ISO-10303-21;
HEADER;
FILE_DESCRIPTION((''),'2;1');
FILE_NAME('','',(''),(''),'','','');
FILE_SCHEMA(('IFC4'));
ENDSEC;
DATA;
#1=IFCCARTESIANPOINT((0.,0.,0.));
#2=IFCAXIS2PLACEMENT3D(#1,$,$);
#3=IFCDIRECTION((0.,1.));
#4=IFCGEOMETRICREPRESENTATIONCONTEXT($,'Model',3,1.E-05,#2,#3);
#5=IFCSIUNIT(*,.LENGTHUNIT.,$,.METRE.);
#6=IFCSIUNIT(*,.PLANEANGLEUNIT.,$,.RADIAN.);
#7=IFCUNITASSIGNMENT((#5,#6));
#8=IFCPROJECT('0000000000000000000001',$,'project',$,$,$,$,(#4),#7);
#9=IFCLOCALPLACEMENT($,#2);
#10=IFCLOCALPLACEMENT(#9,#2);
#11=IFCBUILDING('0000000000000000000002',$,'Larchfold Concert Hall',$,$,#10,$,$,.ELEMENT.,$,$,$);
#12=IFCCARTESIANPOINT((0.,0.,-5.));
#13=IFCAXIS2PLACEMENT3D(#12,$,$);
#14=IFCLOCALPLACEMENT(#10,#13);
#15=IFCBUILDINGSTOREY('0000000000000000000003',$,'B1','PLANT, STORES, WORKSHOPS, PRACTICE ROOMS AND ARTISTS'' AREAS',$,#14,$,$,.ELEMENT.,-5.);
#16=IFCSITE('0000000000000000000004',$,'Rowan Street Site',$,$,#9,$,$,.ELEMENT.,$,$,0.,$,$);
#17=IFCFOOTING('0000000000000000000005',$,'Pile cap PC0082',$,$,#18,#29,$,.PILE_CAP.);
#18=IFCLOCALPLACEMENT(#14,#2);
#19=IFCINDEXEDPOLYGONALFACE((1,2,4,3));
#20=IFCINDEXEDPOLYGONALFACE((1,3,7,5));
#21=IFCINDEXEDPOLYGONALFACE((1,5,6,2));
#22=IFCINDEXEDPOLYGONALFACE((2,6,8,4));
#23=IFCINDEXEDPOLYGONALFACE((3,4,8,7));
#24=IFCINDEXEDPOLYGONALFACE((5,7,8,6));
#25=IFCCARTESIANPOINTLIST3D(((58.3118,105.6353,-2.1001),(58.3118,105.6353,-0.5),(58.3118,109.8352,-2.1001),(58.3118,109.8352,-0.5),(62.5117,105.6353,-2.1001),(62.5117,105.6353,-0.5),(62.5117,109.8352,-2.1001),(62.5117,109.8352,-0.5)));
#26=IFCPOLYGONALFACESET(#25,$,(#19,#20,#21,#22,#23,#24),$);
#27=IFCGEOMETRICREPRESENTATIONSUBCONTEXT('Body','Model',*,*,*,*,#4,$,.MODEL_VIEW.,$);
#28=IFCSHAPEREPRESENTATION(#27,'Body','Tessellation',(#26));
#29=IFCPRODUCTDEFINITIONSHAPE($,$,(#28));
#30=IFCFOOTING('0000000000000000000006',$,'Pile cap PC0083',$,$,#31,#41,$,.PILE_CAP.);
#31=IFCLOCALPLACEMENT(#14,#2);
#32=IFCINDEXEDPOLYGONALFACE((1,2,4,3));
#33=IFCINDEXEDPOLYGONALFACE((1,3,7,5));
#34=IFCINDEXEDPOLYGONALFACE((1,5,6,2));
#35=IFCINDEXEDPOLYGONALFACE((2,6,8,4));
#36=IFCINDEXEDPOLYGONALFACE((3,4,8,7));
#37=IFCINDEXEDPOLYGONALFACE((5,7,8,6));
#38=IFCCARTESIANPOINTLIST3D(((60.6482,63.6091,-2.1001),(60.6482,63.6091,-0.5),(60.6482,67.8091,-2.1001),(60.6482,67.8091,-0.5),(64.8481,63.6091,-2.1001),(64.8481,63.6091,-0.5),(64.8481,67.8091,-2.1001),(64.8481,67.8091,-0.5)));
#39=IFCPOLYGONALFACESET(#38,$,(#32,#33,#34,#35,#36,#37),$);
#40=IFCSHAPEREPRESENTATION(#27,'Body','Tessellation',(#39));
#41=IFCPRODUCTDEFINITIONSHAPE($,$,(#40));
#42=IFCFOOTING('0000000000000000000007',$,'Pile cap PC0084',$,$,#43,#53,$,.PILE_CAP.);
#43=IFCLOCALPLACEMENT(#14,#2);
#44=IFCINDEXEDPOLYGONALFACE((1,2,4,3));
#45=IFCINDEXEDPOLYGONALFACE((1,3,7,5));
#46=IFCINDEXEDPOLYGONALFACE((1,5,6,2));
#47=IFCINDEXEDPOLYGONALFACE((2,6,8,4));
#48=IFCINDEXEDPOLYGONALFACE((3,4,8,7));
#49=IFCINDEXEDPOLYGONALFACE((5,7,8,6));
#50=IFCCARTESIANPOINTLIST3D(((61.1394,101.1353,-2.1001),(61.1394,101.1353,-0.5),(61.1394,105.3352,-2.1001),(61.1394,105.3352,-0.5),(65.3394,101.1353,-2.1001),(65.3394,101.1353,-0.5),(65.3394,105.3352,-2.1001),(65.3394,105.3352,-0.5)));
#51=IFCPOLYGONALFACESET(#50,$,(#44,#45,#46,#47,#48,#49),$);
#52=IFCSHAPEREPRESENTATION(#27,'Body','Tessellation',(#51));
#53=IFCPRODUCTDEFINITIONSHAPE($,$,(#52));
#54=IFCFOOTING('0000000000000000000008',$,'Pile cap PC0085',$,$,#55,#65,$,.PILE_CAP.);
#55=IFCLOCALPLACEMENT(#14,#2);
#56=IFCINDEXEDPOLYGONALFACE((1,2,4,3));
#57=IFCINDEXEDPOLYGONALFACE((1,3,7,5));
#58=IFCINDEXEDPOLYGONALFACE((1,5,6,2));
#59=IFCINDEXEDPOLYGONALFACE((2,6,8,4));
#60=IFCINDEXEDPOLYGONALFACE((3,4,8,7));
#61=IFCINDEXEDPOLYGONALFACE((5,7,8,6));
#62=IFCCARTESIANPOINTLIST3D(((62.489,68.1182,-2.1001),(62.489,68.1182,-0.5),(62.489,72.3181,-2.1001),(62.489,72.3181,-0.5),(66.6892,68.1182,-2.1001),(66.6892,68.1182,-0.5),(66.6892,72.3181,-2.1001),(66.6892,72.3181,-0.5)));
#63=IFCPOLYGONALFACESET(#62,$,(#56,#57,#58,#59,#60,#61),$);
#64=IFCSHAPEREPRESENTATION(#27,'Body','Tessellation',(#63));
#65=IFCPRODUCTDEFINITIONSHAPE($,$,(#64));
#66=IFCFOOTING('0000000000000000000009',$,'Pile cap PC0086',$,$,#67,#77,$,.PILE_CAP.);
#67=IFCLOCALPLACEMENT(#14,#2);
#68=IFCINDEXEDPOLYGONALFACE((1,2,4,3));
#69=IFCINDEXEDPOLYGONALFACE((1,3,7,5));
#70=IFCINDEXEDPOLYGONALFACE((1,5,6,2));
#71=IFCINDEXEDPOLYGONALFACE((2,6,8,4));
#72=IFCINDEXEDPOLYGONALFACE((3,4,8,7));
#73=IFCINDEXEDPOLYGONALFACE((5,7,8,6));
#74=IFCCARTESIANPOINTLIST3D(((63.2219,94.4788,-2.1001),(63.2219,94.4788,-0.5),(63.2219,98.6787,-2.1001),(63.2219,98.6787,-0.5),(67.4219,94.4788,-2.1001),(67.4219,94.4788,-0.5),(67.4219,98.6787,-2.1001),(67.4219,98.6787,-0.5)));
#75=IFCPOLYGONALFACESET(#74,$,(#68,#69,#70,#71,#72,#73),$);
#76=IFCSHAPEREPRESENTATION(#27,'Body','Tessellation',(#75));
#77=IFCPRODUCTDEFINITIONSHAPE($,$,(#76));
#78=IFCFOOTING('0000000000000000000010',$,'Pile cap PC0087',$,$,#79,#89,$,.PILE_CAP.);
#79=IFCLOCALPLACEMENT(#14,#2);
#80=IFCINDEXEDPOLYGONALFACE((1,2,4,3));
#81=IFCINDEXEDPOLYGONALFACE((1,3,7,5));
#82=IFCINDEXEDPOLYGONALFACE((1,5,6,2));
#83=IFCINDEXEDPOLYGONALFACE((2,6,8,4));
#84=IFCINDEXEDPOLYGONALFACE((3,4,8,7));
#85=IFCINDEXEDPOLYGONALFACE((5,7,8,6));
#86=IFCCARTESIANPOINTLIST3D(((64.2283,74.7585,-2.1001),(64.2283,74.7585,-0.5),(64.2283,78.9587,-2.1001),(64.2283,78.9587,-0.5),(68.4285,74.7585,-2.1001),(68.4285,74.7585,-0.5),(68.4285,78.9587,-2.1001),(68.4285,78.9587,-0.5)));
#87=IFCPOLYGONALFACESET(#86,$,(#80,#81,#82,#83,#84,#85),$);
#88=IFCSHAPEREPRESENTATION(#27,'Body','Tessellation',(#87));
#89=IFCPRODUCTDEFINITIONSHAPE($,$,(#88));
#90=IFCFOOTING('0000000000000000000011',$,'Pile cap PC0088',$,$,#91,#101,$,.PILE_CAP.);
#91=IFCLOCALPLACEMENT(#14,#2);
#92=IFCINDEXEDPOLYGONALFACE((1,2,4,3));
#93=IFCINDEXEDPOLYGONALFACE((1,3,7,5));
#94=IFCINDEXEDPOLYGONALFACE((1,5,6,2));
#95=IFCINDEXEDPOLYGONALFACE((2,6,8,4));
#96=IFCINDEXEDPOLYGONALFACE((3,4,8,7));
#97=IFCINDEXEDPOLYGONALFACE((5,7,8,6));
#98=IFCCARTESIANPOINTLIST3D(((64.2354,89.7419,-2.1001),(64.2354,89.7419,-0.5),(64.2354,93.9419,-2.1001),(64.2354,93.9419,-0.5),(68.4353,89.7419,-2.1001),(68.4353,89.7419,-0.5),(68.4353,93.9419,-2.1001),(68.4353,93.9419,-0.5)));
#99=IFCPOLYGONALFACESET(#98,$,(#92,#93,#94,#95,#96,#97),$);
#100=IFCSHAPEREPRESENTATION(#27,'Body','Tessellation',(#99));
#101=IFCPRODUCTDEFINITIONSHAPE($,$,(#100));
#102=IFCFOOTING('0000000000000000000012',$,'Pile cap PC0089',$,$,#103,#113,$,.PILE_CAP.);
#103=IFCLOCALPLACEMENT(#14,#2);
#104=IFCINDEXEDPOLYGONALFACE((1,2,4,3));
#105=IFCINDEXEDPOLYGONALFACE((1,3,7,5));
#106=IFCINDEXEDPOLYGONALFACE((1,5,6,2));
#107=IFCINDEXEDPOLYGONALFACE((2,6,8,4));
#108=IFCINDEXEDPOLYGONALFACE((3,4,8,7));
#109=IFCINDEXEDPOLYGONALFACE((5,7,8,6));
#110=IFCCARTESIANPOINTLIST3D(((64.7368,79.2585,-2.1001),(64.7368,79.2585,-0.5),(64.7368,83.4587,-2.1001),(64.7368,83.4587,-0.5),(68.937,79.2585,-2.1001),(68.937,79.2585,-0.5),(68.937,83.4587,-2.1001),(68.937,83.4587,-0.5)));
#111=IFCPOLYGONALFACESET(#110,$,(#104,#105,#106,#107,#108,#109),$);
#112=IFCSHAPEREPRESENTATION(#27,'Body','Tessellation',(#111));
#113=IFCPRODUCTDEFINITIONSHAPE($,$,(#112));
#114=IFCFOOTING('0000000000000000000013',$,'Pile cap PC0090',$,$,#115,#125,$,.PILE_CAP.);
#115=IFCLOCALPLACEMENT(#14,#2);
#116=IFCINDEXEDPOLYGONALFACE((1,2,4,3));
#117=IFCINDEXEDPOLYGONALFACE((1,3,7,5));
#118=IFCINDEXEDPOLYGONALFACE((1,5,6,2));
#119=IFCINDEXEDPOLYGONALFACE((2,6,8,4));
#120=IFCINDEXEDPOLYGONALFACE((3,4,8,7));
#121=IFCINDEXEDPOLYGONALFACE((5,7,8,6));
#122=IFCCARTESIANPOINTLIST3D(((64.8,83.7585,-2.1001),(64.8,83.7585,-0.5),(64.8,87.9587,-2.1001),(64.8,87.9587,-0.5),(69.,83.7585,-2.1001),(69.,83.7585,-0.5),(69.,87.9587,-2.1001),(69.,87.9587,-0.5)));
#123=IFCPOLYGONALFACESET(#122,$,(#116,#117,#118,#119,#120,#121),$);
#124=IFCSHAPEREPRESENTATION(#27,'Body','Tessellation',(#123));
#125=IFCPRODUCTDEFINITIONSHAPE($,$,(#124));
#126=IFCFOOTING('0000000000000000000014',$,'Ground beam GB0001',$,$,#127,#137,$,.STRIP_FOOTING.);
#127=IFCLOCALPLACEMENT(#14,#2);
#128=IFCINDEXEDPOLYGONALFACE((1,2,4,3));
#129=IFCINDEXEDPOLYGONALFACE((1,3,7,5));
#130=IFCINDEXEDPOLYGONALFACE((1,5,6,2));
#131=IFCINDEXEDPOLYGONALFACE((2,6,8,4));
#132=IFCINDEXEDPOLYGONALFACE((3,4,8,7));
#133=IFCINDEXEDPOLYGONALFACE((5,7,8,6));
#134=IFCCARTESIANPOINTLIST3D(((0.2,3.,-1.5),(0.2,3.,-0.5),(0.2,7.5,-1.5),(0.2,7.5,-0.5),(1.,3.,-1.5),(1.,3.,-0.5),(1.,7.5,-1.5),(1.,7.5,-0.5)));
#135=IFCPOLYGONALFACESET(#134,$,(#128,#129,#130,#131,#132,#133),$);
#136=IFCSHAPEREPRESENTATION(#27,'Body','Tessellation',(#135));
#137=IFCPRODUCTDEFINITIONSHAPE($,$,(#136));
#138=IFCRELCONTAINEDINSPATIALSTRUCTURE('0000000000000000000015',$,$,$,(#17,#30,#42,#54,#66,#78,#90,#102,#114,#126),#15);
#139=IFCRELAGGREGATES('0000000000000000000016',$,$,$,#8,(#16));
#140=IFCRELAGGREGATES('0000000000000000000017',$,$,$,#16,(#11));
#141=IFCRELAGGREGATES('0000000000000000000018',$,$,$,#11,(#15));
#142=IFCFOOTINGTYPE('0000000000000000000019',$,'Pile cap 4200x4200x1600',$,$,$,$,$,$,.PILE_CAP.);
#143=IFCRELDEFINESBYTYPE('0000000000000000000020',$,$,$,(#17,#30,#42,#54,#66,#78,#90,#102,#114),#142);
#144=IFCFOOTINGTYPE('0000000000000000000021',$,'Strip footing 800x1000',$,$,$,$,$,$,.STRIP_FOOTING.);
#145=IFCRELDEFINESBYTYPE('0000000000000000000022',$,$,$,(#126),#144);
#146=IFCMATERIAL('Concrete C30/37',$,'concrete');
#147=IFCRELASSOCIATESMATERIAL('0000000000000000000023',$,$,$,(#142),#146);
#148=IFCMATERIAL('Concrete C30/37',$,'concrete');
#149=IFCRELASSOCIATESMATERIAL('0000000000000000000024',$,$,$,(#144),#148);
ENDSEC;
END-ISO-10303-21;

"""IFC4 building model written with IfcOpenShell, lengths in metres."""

from ifc_helpers import new_model, si_unit, direction, frame, origin, place, context, subcontext, project, spatial, polyline, outline, extrude, material, type_object, element, save


model = new_model("IFC4")

# Units and contexts
model_context = context("Model", 3, precision=1e-05, world=origin(), true_north=direction((0.0, 1.0)))
body_context = subcontext(model_context, "Body", "Model", "MODEL_VIEW")
ifc_project = project(units=[si_unit("LENGTHUNIT", "METRE"), si_unit("PLANEANGLEUNIT", "RADIAN")], contexts=[model_context])

# Site, building, storey
site_placement = place(None, origin())
site = spatial("IfcSite", under=ifc_project, at=site_placement, Name="Rowan Street Site", CompositionType="ELEMENT", RefElevation=0.0)
building_placement = place(site_placement, origin())
building = spatial("IfcBuilding", under=site, at=building_placement, Name="Larchfold Concert Hall", CompositionType="ELEMENT")
storey_placement = place(building_placement, frame((0.0, 0.0, -5.0)))
storey = spatial("IfcBuildingStorey", under=building, at=storey_placement, Name="B1", Description="PLANT, STORES, WORKSHOPS, PRACTICE ROOMS AND ARTISTS' AREAS", CompositionType="ELEMENT", Elevation=-5.0)

# Footings
ifc_material_1 = material(Name="Concrete C30/37", Category="concrete")
footing_type_1 = type_object("IfcFootingType", Name="Pile cap 4200x4200x1600", PredefinedType="PILE_CAP", material=ifc_material_1)
footing_1_placement = place(storey_placement, frame((0.0, 0.0, -2.1001)))
element("IfcFooting", 1, at=footing_1_placement, inside=storey, type_object=footing_type_1, Name="Pile cap PC0082", PredefinedType="PILE_CAP", context=body_context, shape_type="SweptSolid", body=[
    extrude(outline(polyline([(62.5117, 105.6353), (62.5117, 109.8352), (58.3118, 109.8352), (58.3118, 105.6353), (62.5117, 105.6353)])), origin(), (0.0, 0.0, 1.0), 1.6001),
])
footing_2_placement = place(storey_placement, frame((0.0, 0.0, -2.1001)))
element("IfcFooting", 2, at=footing_2_placement, inside=storey, type_object=footing_type_1, Name="Pile cap PC0083", PredefinedType="PILE_CAP", context=body_context, shape_type="SweptSolid", body=[
    extrude(outline(polyline([(64.8481, 63.6091), (64.8481, 67.8091), (60.6482, 67.8091), (60.6482, 63.6091), (64.8481, 63.6091)])), origin(), (0.0, 0.0, 1.0), 1.6001),
])
footing_3_placement = place(storey_placement, frame((0.0, 0.0, -2.1001)))
element("IfcFooting", 3, at=footing_3_placement, inside=storey, type_object=footing_type_1, Name="Pile cap PC0084", PredefinedType="PILE_CAP", context=body_context, shape_type="SweptSolid", body=[
    extrude(outline(polyline([(65.3394, 101.1353), (65.3394, 105.3352), (61.1394, 105.3352), (61.1394, 101.1353), (65.3394, 101.1353)])), origin(), (0.0, 0.0, 1.0), 1.6001),
])
footing_4_placement = place(storey_placement, frame((0.0, 0.0, -2.1001)))
element("IfcFooting", 4, at=footing_4_placement, inside=storey, type_object=footing_type_1, Name="Pile cap PC0085", PredefinedType="PILE_CAP", context=body_context, shape_type="SweptSolid", body=[
    extrude(outline(polyline([(66.6892, 68.1182), (66.6892, 72.3181), (62.489, 72.3181), (62.489, 68.1182), (66.6892, 68.1182)])), origin(), (0.0, 0.0, 1.0), 1.6001),
])
footing_5_placement = place(storey_placement, frame((0.0, 0.0, -2.1001)))
element("IfcFooting", 5, at=footing_5_placement, inside=storey, type_object=footing_type_1, Name="Pile cap PC0086", PredefinedType="PILE_CAP", context=body_context, shape_type="SweptSolid", body=[
    extrude(outline(polyline([(67.4219, 94.4788), (67.4219, 98.6787), (63.2219, 98.6787), (63.2219, 94.4788), (67.4219, 94.4788)])), origin(), (0.0, 0.0, 1.0), 1.6001),
])
footing_6_placement = place(storey_placement, frame((0.0, 0.0, -2.1001)))
element("IfcFooting", 6, at=footing_6_placement, inside=storey, type_object=footing_type_1, Name="Pile cap PC0087", PredefinedType="PILE_CAP", context=body_context, shape_type="SweptSolid", body=[
    extrude(outline(polyline([(68.4285, 74.7585), (68.4285, 78.9587), (64.2283, 78.9587), (64.2283, 74.7585), (68.4285, 74.7585)])), origin(), (0.0, 0.0, 1.0), 1.6001),
])
footing_7_placement = place(storey_placement, frame((0.0, 0.0, -2.1001)))
element("IfcFooting", 7, at=footing_7_placement, inside=storey, type_object=footing_type_1, Name="Pile cap PC0088", PredefinedType="PILE_CAP", context=body_context, shape_type="SweptSolid", body=[
    extrude(outline(polyline([(68.4353, 89.7419), (68.4353, 93.9419), (64.2354, 93.9419), (64.2354, 89.7419), (68.4353, 89.7419)])), origin(), (0.0, 0.0, 1.0), 1.6001),
])
footing_8_placement = place(storey_placement, frame((0.0, 0.0, -2.1001)))
element("IfcFooting", 8, at=footing_8_placement, inside=storey, type_object=footing_type_1, Name="Pile cap PC0089", PredefinedType="PILE_CAP", context=body_context, shape_type="SweptSolid", body=[
    extrude(outline(polyline([(68.937, 79.2585), (68.937, 83.4587), (64.7368, 83.4587), (64.7368, 79.2585), (68.937, 79.2585)])), origin(), (0.0, 0.0, 1.0), 1.6001),
])
footing_9_placement = place(storey_placement, frame((0.0, 0.0, -2.1001)))
element("IfcFooting", 9, at=footing_9_placement, inside=storey, type_object=footing_type_1, Name="Pile cap PC0090", PredefinedType="PILE_CAP", context=body_context, shape_type="SweptSolid", body=[
    extrude(outline(polyline([(69.0, 83.7585), (69.0, 87.9587), (64.8, 87.9587), (64.8, 83.7585), (69.0, 83.7585)])), origin(), (0.0, 0.0, 1.0), 1.6001),
])
ifc_material_2 = material(Name="Concrete C30/37", Category="concrete")
footing_type_2 = type_object("IfcFootingType", Name="Strip footing 800x1000", PredefinedType="STRIP_FOOTING", material=ifc_material_2)
footing_10_placement = place(storey_placement, frame((0.0, 0.0, -1.5)))
element("IfcFooting", 10, at=footing_10_placement, inside=storey, type_object=footing_type_2, Name="Ground beam GB0001", PredefinedType="STRIP_FOOTING", context=body_context, shape_type="SweptSolid", body=[
    extrude(outline(polyline([(0.2, 3.0), (1.0, 3.0), (1.0, 7.5), (0.2, 7.5), (0.2, 3.0)])), origin(), (0.0, 0.0, 1.0), 1.0),
])

save(model, "model.ifc")
